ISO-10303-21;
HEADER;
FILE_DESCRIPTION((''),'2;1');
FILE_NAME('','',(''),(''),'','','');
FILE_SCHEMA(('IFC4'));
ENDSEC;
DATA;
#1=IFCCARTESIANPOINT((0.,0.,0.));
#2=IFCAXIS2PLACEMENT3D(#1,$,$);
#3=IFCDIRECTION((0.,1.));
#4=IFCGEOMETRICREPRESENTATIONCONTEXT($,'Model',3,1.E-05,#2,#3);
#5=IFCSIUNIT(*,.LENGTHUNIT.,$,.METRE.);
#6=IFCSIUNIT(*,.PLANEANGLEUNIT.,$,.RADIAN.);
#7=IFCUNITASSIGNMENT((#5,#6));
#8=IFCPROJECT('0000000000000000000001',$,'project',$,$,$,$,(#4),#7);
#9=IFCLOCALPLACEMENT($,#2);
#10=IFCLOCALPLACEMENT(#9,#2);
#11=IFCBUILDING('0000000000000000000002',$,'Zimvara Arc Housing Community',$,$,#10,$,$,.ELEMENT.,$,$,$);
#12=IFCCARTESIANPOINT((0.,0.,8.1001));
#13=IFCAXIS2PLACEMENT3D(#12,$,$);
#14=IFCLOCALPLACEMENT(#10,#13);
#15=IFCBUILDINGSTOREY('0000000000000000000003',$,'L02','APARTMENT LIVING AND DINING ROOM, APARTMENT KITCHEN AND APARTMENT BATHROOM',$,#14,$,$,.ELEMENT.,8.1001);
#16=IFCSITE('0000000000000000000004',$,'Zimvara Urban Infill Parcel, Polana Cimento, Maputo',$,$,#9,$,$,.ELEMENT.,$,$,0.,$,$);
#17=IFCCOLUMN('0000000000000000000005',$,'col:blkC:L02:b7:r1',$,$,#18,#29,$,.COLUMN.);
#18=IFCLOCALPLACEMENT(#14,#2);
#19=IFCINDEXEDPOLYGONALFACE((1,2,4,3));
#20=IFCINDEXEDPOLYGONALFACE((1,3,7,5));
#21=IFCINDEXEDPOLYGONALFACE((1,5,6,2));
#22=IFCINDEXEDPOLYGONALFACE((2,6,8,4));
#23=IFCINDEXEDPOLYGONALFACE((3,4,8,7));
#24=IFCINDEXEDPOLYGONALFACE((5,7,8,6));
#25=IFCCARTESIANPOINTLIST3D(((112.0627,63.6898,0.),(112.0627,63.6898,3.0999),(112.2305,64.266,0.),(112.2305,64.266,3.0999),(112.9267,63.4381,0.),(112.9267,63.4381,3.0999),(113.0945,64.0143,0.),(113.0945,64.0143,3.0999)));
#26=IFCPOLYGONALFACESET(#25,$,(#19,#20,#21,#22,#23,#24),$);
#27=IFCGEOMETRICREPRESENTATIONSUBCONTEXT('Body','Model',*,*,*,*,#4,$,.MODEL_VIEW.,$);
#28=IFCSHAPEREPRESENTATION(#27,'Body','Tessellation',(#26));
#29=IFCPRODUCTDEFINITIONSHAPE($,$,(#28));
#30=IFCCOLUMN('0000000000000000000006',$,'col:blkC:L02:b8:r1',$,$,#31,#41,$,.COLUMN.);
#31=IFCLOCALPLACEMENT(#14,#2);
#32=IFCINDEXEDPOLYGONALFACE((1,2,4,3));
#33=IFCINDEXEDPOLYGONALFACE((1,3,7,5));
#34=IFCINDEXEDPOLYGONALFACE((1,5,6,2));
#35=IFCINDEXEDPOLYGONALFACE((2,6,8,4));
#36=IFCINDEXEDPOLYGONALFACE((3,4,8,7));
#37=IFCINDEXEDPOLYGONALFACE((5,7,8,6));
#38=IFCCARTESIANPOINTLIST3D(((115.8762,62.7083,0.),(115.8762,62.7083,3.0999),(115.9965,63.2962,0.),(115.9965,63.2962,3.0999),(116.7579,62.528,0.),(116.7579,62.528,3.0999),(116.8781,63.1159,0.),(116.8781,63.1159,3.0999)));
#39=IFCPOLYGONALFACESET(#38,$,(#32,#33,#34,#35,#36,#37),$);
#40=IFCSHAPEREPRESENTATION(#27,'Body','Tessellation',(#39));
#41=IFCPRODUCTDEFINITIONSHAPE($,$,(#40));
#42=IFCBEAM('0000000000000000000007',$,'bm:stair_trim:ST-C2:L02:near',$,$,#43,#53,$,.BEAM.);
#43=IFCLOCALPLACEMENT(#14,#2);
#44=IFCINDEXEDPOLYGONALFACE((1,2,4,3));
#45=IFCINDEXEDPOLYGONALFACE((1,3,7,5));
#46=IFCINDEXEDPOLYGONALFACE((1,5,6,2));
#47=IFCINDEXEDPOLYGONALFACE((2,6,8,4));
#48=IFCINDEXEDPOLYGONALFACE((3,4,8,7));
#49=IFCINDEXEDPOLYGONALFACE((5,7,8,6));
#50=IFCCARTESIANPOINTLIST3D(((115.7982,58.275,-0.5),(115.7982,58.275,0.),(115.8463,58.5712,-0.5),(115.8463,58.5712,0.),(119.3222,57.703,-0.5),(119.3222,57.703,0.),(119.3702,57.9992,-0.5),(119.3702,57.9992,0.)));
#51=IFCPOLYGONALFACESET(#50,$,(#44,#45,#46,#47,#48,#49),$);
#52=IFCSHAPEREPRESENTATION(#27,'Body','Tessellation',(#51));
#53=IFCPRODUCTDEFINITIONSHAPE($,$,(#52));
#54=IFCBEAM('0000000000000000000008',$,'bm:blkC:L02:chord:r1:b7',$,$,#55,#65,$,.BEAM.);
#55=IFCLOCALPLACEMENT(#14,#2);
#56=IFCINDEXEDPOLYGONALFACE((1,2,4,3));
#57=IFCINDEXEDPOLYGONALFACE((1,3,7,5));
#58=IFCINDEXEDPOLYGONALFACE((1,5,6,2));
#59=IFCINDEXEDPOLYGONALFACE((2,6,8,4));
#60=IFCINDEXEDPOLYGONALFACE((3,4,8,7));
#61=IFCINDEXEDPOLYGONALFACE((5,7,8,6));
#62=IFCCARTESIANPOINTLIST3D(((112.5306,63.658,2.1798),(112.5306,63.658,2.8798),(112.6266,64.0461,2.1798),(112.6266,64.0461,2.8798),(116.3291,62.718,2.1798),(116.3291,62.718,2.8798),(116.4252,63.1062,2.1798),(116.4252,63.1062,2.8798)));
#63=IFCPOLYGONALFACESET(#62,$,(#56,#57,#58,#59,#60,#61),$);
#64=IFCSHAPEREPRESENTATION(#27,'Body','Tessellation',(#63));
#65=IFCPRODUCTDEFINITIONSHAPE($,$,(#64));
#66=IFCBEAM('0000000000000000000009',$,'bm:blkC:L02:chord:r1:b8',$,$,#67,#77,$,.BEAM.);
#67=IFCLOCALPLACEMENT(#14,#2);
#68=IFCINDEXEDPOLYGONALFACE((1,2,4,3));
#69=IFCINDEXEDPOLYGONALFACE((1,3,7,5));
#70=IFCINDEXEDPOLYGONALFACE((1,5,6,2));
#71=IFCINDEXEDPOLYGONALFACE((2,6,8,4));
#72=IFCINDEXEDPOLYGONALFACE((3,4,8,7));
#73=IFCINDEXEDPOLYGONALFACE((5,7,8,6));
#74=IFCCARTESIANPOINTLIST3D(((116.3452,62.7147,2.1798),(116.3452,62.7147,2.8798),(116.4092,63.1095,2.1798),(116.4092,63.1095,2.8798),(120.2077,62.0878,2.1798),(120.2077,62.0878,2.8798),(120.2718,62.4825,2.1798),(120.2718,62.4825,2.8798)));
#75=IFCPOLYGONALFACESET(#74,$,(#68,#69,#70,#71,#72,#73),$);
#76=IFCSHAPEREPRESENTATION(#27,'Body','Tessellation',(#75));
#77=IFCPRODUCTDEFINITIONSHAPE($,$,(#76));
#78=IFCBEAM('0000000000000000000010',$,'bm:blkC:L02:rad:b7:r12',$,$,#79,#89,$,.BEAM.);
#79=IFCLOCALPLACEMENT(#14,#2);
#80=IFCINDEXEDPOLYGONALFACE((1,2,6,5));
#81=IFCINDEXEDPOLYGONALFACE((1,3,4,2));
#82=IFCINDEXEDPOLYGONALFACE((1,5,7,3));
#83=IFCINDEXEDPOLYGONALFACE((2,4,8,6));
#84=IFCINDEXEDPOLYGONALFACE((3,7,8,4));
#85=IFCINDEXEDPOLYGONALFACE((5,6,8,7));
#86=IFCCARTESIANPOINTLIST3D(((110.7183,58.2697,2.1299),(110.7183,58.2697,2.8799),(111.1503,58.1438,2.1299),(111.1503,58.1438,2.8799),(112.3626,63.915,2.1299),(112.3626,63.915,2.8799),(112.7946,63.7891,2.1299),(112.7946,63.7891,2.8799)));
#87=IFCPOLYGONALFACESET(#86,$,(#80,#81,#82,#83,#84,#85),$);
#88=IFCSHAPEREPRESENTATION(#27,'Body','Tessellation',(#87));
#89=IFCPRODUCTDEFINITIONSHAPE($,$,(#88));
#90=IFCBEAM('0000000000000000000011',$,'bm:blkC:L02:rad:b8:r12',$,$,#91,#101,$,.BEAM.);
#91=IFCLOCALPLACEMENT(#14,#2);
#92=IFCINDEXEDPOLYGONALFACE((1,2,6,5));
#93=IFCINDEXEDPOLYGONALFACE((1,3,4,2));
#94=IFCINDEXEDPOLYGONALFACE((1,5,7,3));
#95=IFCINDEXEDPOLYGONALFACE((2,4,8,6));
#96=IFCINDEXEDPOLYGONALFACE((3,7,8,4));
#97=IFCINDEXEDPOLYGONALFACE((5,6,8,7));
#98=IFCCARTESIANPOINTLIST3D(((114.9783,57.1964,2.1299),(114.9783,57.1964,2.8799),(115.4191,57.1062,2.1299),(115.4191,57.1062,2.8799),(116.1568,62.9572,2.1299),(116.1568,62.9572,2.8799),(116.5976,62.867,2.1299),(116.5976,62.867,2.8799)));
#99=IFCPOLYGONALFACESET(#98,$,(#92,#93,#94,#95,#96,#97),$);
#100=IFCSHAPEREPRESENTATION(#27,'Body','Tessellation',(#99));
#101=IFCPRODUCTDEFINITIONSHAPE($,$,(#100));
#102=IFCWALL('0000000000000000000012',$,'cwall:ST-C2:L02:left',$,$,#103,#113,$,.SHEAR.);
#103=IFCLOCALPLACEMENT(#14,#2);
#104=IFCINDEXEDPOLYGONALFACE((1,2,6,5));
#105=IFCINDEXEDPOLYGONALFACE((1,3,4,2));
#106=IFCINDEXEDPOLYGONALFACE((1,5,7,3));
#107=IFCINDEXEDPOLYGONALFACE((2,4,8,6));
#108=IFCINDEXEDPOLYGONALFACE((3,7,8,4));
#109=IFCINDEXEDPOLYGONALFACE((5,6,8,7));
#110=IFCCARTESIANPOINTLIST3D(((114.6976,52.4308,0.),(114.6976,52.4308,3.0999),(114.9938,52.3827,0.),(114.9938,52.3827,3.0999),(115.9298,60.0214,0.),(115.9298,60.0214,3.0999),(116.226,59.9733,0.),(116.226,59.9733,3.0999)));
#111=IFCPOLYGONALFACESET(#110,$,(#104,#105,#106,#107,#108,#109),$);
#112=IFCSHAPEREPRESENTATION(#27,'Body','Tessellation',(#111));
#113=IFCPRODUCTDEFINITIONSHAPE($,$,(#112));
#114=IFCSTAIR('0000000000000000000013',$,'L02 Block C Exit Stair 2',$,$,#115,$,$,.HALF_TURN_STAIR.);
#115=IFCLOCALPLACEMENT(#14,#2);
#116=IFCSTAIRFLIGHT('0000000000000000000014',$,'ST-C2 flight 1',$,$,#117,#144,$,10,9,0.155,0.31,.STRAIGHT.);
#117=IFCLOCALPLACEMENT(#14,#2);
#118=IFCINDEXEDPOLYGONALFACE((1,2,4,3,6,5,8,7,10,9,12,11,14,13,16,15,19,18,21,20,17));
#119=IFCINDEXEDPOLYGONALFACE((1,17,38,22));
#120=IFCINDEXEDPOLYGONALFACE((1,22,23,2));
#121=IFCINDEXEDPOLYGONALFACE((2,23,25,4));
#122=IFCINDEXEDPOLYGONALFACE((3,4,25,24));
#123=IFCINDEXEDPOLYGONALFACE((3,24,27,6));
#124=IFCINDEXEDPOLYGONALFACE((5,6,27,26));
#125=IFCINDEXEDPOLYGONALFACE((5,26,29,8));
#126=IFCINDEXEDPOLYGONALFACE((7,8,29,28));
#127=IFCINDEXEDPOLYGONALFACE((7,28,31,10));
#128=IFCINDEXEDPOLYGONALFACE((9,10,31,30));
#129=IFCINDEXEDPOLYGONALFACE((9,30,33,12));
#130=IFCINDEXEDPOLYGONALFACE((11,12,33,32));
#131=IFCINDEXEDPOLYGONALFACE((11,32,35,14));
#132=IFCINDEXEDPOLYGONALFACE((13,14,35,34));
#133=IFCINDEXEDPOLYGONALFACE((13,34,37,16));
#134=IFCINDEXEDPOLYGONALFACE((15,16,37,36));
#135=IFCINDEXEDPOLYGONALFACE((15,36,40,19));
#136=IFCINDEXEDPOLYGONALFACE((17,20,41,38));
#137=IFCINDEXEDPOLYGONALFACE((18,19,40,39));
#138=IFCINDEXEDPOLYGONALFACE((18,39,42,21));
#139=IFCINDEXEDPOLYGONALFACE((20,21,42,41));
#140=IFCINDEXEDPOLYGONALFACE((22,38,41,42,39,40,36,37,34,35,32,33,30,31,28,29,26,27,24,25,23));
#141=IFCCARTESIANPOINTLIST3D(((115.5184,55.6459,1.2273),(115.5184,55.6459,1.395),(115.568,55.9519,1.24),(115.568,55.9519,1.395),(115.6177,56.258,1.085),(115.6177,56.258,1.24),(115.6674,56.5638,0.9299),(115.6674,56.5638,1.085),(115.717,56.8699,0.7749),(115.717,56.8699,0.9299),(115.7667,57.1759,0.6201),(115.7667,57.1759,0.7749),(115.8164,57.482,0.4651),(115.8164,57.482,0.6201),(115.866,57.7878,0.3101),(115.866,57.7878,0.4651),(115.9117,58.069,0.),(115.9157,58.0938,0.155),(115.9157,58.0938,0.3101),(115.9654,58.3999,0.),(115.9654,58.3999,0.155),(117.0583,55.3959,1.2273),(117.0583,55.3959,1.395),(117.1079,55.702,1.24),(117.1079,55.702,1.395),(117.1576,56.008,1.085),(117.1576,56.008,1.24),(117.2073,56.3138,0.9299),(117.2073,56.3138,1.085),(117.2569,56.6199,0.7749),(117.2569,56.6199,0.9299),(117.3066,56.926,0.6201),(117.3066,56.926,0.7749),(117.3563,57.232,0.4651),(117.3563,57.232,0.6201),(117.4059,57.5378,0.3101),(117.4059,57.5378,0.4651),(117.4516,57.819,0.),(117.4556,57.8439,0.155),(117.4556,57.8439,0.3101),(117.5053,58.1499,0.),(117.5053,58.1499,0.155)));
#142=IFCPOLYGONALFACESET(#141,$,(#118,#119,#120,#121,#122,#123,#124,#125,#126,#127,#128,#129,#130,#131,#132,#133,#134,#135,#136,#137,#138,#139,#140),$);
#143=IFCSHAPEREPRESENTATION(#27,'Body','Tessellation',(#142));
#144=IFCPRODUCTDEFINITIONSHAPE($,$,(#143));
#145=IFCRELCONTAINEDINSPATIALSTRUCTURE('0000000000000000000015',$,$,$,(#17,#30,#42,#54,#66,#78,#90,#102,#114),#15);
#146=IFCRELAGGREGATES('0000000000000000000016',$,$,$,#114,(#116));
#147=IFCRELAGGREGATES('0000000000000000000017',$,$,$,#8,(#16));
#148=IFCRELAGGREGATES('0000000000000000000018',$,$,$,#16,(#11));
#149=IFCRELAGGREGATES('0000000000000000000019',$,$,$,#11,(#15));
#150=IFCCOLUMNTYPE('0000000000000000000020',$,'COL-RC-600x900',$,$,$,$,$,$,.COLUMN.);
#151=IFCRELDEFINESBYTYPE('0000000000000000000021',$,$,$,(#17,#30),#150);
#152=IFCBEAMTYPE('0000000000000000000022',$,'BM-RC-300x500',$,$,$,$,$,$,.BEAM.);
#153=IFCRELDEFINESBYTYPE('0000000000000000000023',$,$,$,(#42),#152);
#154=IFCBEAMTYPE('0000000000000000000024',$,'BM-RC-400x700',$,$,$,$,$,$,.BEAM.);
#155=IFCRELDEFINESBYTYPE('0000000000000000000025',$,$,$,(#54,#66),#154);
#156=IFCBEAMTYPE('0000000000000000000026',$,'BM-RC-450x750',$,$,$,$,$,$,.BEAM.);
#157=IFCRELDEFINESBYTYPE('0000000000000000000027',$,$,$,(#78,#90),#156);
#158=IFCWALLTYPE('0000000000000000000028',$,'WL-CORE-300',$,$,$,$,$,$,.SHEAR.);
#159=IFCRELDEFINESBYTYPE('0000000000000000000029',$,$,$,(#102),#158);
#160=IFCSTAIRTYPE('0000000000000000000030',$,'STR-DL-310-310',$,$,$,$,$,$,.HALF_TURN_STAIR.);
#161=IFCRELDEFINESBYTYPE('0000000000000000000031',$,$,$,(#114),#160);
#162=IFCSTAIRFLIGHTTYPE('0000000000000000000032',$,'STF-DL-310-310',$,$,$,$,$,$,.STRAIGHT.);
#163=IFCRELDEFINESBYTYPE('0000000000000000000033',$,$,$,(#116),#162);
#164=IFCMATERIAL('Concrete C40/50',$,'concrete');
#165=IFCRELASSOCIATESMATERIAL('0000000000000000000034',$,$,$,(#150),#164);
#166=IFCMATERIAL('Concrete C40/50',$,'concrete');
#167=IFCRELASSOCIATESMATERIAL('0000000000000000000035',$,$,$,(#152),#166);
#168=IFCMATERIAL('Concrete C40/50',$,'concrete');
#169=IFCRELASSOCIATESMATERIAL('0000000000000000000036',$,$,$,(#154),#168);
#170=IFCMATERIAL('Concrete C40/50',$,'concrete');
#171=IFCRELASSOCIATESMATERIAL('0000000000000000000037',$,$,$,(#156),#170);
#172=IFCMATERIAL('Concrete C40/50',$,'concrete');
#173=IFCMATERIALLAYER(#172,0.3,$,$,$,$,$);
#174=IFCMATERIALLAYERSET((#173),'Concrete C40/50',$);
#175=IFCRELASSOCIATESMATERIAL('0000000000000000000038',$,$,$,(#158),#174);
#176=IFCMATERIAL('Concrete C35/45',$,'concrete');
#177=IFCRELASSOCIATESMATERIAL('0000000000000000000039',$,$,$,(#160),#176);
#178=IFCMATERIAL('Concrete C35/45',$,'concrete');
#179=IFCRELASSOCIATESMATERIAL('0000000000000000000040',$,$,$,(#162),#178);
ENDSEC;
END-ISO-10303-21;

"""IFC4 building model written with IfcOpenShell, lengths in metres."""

from ifc_helpers import new_model, si_unit, direction, frame, frame_2d, origin, origin_2d, place, context, subcontext, project, spatial, polyline, rectangle, outline, extrude, material, layer, layer_set, material_profile, profile_set, type_object, element, aggregate, save


model = new_model("IFC4")

# Units and contexts
model_context = context("Model", 3, precision=1e-05, world=origin(), true_north=direction((0.0, 1.0)))
body_context = subcontext(model_context, "Body", "Model", "MODEL_VIEW")
ifc_project = project(units=[si_unit("LENGTHUNIT", "METRE"), si_unit("PLANEANGLEUNIT", "RADIAN")], contexts=[model_context])

# Site, building, storey
site_placement = place(None, origin())
site = spatial("IfcSite", under=ifc_project, at=site_placement, Name="Zimvara Urban Infill Parcel, Polana Cimento, Maputo", CompositionType="ELEMENT", RefElevation=0.0)
building_placement = place(site_placement, origin())
building = spatial("IfcBuilding", under=site, at=building_placement, Name="Zimvara Arc Housing Community", CompositionType="ELEMENT")
storey_placement = place(building_placement, frame((0.0, 0.0, 8.1001)))
storey = spatial("IfcBuildingStorey", under=building, at=storey_placement, Name="L02", Description="APARTMENT LIVING AND DINING ROOM, APARTMENT KITCHEN AND APARTMENT BATHROOM", CompositionType="ELEMENT", Elevation=8.1001)

# Columns
ifc_material_1 = material(Name="Concrete C40/50", Category="concrete")
ifc_material_profile_1 = material_profile(ifc_material_1, rectangle(XDim=0.6001, YDim=0.8999, at=origin_2d()), Name="RC 600x900")
ifc_profile_set_1 = profile_set([ifc_material_profile_1], Name="Concrete C40/50")
column_type = type_object("IfcColumnType", Name="COL-RC-600x900", PredefinedType="COLUMN", material=ifc_profile_set_1)
for number, where, z_axis, x_axis, name in (
    (1, (112.5786, 63.8521, 0.0), (0.0, 0.0, 1.0), (-0.279661, -0.960099, 0.0), "col:blkC:L02:b7:r1"),
    (2, (116.3772, 62.9121, 0.0), (0.0, 0.0, 1.0), (-0.200394, -0.979715, 0.0), "col:blkC:L02:b8:r1"),
):
    element("IfcColumn", number, at=place(storey_placement, frame(where, z_axis=z_axis, x_axis=x_axis)), inside=storey, type_object=column_type, Name=name, PredefinedType="COLUMN", context=body_context, shape_type="SweptSolid", body=[
        extrude(rectangle(XDim=0.6001, YDim=0.8999, at=origin_2d()), origin(), (0.0, 0.0, 1.0), 3.0999),
    ])

# Beams
ifc_material_2 = material(Name="Concrete C40/50", Category="concrete")
ifc_material_profile_2 = material_profile(ifc_material_2, rectangle(XDim=0.3, YDim=0.5, at=origin_2d()), Name="RC 300x500")
ifc_profile_set_2 = profile_set([ifc_material_profile_2], Name="Concrete C40/50")
beam_type_1 = type_object("IfcBeamType", Name="BM-RC-300x500", PredefinedType="BEAM", material=ifc_profile_set_2)
beam_1_placement = place(storey_placement, frame((115.8223, 58.4231, -0.25), z_axis=(0.98708, -0.160228, 0.0), x_axis=(0.160228, 0.98708, 0.0)))
element("IfcBeam", 3, at=beam_1_placement, inside=storey, type_object=beam_type_1, Name="bm:stair_trim:ST-C2:L02:near", PredefinedType="BEAM", context=body_context, shape_type="SweptSolid", body=[
    extrude(rectangle(XDim=0.3, YDim=0.5, at=origin_2d()), origin(), (0.0, 0.0, 1.0), 3.5701),
])
ifc_material_3 = material(Name="Concrete C40/50", Category="concrete")
ifc_material_profile_3 = material_profile(ifc_material_3, rectangle(XDim=0.3999, YDim=0.7, at=origin_2d()), Name="RC 400x700")
ifc_profile_set_3 = profile_set([ifc_material_profile_3], Name="Concrete C40/50")
beam_type_2 = type_object("IfcBeamType", Name="BM-RC-400x700", PredefinedType="BEAM", material=ifc_profile_set_3)
for number, where, z_axis, x_axis, name in (
    (4, (112.5786, 63.8521, 2.5298), (0.970723, -0.240201, 0.0), (0.240201, 0.970723, 0.0), "bm:blkC:L02:chord:r1:b7"),
    (5, (116.3772, 62.9121, 2.5298), (0.987081, -0.160219, 0.0), (0.160219, 0.987081, 0.0), "bm:blkC:L02:chord:r1:b8"),
):
    element("IfcBeam", number, at=place(storey_placement, frame(where, z_axis=z_axis, x_axis=x_axis)), inside=storey, type_object=beam_type_2, Name=name, PredefinedType="BEAM", context=body_context, shape_type="SweptSolid", body=[
        extrude(rectangle(XDim=0.3999, YDim=0.7, at=origin_2d()), origin(), (0.0, 0.0, 1.0), 3.9131),
    ])
ifc_material_4 = material(Name="Concrete C40/50", Category="concrete")
ifc_material_profile_4 = material_profile(ifc_material_4, rectangle(XDim=0.45, YDim=0.75, at=origin_2d()), Name="RC 450x750")
ifc_profile_set_4 = profile_set([ifc_material_profile_4], Name="Concrete C40/50")
beam_type_3 = type_object("IfcBeamType", Name="BM-RC-450x750", PredefinedType="BEAM", material=ifc_profile_set_4)
beam_2_placement = place(storey_placement, frame((112.5786, 63.8521, 2.5049), z_axis=(-0.279648, -0.960103, 0.0), x_axis=(0.960103, -0.279648, 0.0)))
element("IfcBeam", 6, at=beam_2_placement, inside=storey, type_object=beam_type_3, Name="bm:blkC:L02:rad:b7:r12", PredefinedType="BEAM", context=body_context, shape_type="SweptSolid", body=[
    extrude(rectangle(XDim=0.45, YDim=0.75, at=origin_2d()), origin(), (0.0, 0.0, 1.0), 5.8799),
])
beam_3_placement = place(storey_placement, frame((116.3772, 62.9121, 2.5049), z_axis=(-0.200418, -0.97971, 0.0), x_axis=(0.97971, -0.200418, 0.0)))
element("IfcBeam", 7, at=beam_3_placement, inside=storey, type_object=beam_type_3, Name="bm:blkC:L02:rad:b8:r12", PredefinedType="BEAM", context=body_context, shape_type="SweptSolid", body=[
    extrude(rectangle(XDim=0.45, YDim=0.75, at=origin_2d()), origin(), (0.0, 0.0, 1.0), 5.8801),
])

# Shared definitions
ifc_material_5 = material(Name="Concrete C40/50", Category="concrete")
ifc_layer_1 = layer(ifc_material_5, 0.3)
ifc_layer_set_1 = layer_set([ifc_layer_1], Name="Concrete C40/50")
wall_type_1 = type_object("IfcWallType", Name="WL-CORE-300", PredefinedType="SHEAR", material=ifc_layer_set_1)

# Wall
wall_1_placement = place(storey_placement, frame((116.0779, 59.9973, 0.0), z_axis=(0.0, 0.0, 1.0), x_axis=(-0.160233, -0.987079, 0.0)))
element("IfcWall", 8, at=wall_1_placement, inside=storey, type_object=wall_type_1, Name="cwall:ST-C2:L02:left", PredefinedType="SHEAR", context=body_context, shape_type="SweptSolid", body=[
    extrude(rectangle(XDim=7.6899, YDim=0.3, at=frame_2d((3.845, 0.0))), origin(), (0.0, 0.0, 1.0), 3.0999),
])

# Stair, stair flight
ifc_material_6 = material(Name="Concrete C35/45", Category="concrete")
stair_type = type_object("IfcStairType", Name="STR-DL-310-310", PredefinedType="HALF_TURN_STAIR", material=ifc_material_6)
stair_placement = place(storey_placement, origin())
stair = element("IfcStair", 9, at=stair_placement, inside=storey, type_object=stair_type, Name="L02 Block C Exit Stair 2", PredefinedType="HALF_TURN_STAIR")
ifc_material_7 = material(Name="Concrete C35/45", Category="concrete")
stair_flight_type = type_object("IfcStairFlightType", Name="STF-DL-310-310", PredefinedType="STRAIGHT", material=ifc_material_7)
stair_flight_placement = place(storey_placement, frame((116.7354, 58.2749, 0.0), z_axis=(0.0, 0.0, 1.0), x_axis=(-0.160226, -0.98708, 0.0)))
stair_flight = element("IfcStairFlight", 10, at=stair_flight_placement, type_object=stair_flight_type, Name="ST-C2 flight 1", NumberOfRisers=10, NumberOfTreads=9, PredefinedType="STRAIGHT", RiserHeight=0.155, TreadLength=0.31, context=body_context, shape_type="SweptSolid", body=[
    extrude(outline(polyline([(0.0, 0.0), (0.0, 0.155), (0.3101, 0.155), (0.3101, 0.3101), (0.6201, 0.3101), (0.6201, 0.4651), (0.9299, 0.4651), (0.9299, 0.6201), (1.24, 0.6201), (1.24, 0.7749), (1.55, 0.7749), (1.55, 0.9299), (1.8601, 0.9299), (1.8601, 1.085), (2.1699, 1.085), (2.1699, 1.24), (2.48, 1.24), (2.48, 1.395), (2.79, 1.395), (2.79, 1.55), (2.79, 1.2273), (0.3352, 0.0), (0.0, 0.0)])), frame((0.0, 0.78, 0.0), z_axis=(0.0, -1.0, 0.0), x_axis=(1.0, 0.0, 0.0)), (0.0, 0.0, 1.0), 1.5601),
])
aggregate(stair, [stair_flight])

save(model, "model.ifc")
